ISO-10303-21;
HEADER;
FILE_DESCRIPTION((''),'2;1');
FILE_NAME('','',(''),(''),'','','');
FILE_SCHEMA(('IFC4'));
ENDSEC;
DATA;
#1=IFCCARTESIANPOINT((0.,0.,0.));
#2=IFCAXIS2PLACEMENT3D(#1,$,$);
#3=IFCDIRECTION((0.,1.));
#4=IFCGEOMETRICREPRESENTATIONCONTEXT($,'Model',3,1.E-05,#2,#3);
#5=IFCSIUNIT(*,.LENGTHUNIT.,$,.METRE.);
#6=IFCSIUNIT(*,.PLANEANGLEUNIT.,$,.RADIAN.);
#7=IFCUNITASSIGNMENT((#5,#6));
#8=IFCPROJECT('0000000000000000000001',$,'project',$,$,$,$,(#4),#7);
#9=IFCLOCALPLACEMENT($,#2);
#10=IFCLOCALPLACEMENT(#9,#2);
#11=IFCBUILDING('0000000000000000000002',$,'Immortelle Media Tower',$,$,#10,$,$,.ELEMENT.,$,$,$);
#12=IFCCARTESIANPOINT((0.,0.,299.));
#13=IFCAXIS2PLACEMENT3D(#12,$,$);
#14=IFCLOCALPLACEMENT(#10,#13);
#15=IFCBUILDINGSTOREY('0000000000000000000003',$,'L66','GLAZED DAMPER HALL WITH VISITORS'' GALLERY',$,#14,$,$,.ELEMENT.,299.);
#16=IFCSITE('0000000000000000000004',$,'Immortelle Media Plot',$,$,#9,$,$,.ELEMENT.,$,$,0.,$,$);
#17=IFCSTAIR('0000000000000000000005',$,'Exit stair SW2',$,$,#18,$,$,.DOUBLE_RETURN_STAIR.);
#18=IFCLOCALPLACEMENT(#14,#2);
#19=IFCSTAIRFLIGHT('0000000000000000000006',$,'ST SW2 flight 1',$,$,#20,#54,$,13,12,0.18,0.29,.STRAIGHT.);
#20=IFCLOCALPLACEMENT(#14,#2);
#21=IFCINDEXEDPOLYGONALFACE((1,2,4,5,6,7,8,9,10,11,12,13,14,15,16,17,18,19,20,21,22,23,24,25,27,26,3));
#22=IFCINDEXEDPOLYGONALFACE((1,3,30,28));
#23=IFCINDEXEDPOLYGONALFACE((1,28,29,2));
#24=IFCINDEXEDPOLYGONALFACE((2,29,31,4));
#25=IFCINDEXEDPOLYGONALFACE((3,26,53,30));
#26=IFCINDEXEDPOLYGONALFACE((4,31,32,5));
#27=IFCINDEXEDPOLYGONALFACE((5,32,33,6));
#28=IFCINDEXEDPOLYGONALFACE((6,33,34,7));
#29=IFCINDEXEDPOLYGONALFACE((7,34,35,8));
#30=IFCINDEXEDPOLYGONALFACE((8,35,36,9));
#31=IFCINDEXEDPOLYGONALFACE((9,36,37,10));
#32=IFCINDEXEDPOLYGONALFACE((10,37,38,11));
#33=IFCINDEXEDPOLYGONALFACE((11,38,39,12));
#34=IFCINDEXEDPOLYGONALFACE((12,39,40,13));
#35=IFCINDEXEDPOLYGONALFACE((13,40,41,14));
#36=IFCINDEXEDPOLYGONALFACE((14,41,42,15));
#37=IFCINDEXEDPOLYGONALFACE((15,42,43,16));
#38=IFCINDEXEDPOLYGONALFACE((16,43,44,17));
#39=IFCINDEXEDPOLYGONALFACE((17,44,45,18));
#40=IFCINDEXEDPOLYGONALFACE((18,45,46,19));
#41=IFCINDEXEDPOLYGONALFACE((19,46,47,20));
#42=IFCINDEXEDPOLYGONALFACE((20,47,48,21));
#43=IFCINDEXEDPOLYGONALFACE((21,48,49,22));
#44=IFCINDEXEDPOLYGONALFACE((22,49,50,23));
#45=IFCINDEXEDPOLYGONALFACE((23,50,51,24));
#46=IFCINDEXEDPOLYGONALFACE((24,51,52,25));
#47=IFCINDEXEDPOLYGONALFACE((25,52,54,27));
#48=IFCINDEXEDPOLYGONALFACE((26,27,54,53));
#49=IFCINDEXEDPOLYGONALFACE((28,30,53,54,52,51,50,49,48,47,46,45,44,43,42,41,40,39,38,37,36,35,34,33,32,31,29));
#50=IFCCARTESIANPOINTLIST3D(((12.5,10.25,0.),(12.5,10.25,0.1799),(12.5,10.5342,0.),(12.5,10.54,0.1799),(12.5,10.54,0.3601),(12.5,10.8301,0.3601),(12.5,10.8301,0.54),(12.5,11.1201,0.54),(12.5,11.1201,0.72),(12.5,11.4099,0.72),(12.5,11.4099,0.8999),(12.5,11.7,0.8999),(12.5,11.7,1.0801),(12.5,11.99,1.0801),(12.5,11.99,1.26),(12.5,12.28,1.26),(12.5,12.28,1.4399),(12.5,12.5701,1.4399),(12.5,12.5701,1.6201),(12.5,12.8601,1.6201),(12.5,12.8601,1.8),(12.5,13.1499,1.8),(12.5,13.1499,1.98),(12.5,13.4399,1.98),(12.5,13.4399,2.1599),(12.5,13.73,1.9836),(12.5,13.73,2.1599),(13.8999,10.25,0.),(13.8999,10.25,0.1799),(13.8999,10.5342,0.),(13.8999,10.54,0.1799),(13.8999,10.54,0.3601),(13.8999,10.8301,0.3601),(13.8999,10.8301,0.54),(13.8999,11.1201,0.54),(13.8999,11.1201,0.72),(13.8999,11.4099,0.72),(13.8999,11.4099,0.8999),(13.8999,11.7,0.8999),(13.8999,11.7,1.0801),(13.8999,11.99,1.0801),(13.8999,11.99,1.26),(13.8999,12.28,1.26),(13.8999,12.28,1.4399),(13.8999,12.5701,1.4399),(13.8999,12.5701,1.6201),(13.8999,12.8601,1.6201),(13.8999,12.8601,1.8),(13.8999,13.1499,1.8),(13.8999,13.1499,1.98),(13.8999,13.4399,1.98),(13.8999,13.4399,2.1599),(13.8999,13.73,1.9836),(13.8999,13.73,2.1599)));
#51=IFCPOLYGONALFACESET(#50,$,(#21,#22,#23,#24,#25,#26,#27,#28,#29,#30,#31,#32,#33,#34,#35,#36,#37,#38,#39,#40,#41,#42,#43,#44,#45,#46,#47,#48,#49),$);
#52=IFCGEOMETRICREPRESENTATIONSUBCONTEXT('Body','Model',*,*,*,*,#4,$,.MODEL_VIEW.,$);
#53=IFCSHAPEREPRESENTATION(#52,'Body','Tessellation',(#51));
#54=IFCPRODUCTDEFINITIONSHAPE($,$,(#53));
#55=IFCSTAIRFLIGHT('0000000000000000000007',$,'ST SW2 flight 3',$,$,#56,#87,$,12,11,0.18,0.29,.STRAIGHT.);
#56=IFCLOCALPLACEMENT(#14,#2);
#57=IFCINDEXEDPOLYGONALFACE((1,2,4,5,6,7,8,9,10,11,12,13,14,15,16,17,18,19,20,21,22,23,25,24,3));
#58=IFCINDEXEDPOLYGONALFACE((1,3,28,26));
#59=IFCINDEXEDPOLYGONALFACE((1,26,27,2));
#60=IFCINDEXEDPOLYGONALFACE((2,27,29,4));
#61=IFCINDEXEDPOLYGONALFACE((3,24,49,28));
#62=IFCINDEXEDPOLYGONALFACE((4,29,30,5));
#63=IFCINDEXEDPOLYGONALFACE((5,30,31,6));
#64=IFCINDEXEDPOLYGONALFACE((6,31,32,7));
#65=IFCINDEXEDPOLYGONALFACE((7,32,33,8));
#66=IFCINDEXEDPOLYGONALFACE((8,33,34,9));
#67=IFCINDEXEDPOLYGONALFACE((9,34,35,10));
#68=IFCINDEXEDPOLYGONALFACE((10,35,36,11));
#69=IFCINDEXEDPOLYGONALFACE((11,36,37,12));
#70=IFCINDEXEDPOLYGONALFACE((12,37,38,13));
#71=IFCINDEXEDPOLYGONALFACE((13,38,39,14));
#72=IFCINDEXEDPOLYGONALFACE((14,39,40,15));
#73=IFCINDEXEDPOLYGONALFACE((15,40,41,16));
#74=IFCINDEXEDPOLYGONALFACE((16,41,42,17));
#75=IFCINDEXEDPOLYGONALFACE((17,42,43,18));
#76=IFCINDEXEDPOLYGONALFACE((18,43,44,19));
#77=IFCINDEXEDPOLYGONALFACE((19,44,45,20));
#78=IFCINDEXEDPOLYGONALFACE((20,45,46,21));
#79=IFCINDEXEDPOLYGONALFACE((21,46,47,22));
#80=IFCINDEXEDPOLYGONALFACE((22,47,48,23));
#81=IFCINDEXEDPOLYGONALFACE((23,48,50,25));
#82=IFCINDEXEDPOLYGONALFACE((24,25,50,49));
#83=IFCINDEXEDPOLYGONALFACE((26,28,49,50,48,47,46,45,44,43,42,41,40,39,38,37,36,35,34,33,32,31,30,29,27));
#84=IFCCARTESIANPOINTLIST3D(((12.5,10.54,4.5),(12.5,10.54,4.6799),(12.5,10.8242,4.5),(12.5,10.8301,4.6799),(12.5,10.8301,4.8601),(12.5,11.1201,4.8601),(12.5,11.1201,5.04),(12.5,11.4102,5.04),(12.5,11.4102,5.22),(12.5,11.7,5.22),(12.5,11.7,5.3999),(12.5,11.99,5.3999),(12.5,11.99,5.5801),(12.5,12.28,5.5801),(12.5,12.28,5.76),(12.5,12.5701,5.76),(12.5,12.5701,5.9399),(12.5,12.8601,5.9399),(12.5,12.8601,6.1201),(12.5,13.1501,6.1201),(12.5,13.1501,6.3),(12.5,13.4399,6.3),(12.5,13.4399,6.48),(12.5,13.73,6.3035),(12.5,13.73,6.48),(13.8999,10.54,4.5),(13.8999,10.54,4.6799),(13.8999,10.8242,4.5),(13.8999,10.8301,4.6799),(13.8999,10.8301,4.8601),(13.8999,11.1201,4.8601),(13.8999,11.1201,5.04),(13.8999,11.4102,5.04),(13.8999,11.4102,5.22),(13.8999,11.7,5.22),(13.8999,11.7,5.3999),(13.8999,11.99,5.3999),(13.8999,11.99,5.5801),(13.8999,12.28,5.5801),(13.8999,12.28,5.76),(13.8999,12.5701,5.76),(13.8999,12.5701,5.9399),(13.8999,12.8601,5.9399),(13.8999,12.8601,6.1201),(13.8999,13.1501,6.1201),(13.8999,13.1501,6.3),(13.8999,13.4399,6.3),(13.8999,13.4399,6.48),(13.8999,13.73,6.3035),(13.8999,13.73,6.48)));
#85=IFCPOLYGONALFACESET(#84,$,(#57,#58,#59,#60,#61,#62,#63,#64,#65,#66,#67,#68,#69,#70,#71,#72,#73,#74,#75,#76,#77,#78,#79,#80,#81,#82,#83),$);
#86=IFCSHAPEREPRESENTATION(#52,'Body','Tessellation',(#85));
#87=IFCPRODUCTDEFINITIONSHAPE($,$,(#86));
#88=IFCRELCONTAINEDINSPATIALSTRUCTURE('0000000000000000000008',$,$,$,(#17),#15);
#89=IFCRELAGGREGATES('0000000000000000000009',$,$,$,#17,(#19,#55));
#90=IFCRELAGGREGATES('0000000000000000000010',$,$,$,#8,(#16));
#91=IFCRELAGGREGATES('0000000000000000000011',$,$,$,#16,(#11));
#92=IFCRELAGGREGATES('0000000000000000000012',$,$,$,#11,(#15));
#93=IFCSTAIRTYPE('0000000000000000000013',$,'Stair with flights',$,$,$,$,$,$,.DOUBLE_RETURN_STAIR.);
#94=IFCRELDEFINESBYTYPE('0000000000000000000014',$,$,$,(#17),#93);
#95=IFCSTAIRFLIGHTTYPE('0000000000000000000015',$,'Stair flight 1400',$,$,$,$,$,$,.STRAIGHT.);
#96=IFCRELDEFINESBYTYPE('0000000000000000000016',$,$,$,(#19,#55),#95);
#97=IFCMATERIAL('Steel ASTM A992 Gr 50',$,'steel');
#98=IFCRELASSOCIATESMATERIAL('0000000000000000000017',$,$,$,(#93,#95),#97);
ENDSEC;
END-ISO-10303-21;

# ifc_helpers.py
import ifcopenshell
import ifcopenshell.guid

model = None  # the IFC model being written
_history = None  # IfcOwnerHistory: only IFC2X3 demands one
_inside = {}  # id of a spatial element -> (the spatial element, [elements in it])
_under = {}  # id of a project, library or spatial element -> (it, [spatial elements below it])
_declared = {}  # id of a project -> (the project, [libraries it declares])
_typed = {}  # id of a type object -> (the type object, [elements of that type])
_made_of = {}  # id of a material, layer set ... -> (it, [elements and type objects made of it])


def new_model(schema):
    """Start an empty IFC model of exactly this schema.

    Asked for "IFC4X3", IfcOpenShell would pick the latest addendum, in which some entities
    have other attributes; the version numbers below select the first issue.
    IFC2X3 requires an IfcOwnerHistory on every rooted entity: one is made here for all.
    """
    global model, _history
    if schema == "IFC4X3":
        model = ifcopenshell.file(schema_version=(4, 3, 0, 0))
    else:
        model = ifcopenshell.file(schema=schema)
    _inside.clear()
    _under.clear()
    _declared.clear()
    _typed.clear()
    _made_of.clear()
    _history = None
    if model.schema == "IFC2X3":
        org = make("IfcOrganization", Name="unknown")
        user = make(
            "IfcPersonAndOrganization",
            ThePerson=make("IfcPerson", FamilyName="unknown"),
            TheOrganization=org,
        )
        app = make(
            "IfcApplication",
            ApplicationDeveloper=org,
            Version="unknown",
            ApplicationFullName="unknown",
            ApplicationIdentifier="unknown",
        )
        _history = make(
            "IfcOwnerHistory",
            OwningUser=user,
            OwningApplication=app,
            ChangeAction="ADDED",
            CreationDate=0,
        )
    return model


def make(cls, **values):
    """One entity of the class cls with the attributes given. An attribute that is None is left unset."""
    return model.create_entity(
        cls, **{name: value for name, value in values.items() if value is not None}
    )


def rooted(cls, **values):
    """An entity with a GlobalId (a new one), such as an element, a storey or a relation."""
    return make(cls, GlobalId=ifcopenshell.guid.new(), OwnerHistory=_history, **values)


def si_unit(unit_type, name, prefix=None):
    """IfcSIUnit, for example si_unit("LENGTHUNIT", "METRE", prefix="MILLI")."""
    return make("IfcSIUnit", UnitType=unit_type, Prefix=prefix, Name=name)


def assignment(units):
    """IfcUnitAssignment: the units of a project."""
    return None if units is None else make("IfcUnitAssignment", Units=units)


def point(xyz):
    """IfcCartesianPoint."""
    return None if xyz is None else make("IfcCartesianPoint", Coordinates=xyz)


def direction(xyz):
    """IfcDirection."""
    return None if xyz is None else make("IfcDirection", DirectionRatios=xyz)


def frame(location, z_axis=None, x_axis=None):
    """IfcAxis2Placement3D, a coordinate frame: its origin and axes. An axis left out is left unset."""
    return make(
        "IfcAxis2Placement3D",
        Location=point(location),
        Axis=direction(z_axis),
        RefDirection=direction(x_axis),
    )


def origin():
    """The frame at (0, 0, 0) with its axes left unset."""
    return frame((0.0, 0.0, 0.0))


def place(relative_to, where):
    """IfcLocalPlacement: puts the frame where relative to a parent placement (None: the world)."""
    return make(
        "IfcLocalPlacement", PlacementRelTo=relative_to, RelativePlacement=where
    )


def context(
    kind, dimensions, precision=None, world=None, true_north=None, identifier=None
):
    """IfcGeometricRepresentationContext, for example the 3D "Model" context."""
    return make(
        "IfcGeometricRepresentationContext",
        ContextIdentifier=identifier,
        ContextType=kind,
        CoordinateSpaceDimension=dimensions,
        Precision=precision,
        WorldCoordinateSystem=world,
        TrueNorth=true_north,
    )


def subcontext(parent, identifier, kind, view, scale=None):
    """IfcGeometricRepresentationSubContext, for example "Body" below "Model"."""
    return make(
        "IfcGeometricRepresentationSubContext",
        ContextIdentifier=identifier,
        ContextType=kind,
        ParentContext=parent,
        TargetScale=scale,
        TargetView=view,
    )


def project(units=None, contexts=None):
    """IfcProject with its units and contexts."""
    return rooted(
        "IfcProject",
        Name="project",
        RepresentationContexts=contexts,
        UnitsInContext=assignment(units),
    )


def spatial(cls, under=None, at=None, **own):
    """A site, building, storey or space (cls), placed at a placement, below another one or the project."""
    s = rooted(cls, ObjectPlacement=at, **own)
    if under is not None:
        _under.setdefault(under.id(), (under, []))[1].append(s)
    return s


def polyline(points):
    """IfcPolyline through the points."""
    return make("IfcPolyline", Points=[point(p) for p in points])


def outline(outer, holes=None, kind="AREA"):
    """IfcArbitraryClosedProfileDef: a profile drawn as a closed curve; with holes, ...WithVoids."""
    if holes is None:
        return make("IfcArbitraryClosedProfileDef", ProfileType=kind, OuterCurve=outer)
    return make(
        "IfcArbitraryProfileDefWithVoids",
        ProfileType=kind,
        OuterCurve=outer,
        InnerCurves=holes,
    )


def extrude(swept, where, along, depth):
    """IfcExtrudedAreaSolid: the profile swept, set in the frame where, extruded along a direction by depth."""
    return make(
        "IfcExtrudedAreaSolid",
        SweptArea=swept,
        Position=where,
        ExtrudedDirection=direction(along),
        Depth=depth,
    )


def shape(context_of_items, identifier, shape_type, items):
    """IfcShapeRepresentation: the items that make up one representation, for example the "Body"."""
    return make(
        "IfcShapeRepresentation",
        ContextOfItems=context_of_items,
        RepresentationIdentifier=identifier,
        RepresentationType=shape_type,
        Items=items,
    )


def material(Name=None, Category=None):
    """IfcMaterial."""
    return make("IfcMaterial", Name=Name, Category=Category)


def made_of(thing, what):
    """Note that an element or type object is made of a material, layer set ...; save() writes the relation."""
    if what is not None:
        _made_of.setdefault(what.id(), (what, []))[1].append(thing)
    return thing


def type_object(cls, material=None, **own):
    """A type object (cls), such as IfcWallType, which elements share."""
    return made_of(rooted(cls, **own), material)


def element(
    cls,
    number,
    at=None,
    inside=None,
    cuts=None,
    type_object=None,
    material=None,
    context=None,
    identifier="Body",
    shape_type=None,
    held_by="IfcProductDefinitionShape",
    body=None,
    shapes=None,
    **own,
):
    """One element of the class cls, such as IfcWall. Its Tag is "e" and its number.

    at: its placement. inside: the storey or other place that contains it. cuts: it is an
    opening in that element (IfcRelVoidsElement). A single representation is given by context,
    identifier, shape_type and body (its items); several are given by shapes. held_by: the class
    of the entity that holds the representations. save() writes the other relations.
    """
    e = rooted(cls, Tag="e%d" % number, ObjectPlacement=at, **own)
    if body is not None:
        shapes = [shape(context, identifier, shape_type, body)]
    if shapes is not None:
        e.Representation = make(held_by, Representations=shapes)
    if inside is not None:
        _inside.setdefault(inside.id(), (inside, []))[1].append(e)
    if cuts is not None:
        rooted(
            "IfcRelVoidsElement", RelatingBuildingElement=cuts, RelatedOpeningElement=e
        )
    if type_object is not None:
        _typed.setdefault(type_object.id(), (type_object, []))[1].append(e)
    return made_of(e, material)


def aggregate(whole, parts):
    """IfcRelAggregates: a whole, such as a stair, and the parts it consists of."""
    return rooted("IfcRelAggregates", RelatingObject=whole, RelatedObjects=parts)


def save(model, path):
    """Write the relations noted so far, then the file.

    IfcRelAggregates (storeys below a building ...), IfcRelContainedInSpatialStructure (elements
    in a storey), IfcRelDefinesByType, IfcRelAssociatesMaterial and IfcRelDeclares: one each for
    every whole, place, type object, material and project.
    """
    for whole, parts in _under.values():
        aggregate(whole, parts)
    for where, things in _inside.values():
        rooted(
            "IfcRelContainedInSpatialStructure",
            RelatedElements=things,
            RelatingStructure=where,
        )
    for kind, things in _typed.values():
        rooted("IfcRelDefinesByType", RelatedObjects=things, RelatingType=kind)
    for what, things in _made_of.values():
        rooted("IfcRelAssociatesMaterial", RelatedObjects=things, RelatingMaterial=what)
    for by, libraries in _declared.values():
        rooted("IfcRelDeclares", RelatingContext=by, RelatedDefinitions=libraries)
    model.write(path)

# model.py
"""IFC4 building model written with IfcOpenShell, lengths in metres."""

from ifc_helpers import new_model, si_unit, direction, frame, origin, place, context, subcontext, project, spatial, polyline, outline, extrude, material, type_object, element, aggregate, save


model = new_model("IFC4")

# Units and contexts
model_context = context("Model", 3, precision=1e-05, world=origin(), true_north=direction((0.0, 1.0)))
body_context = subcontext(model_context, "Body", "Model", "MODEL_VIEW")
ifc_project = project(units=[si_unit("LENGTHUNIT", "METRE"), si_unit("PLANEANGLEUNIT", "RADIAN")], contexts=[model_context])

# Site, building, storey
site_placement = place(None, origin())
site = spatial("IfcSite", under=ifc_project, at=site_placement, Name="Immortelle Media Plot", CompositionType="ELEMENT", RefElevation=0.0)
building_placement = place(site_placement, origin())
building = spatial("IfcBuilding", under=site, at=building_placement, Name="Immortelle Media Tower", CompositionType="ELEMENT")
storey_placement = place(building_placement, frame((0.0, 0.0, 299.0)))
storey = spatial("IfcBuildingStorey", under=building, at=storey_placement, Name="L66", Description="GLAZED DAMPER HALL WITH VISITORS' GALLERY", CompositionType="ELEMENT", Elevation=299.0)

# Shared definitions
ifc_material_1 = material(Name="Steel ASTM A992 Gr 50", Category="steel")

# Stair, stair flights
stair_type = type_object("IfcStairType", Name="Stair with flights", PredefinedType="DOUBLE_RETURN_STAIR", material=ifc_material_1)
stair_placement = place(storey_placement, origin())
stair = element("IfcStair", 1, at=stair_placement, inside=storey, type_object=stair_type, Name="Exit stair SW2", PredefinedType="DOUBLE_RETURN_STAIR")
stair_flight_type = type_object("IfcStairFlightType", Name="Stair flight 1400", PredefinedType="STRAIGHT", material=ifc_material_1)
stair_flight_1_placement = place(storey_placement, frame((13.2, 10.25, 0.0), z_axis=(0.0, 0.0, 1.0), x_axis=(0.0, 1.0, 0.0)))
stair_flight_1 = element("IfcStairFlight", 2, at=stair_flight_1_placement, type_object=stair_flight_type, Name="ST SW2 flight 1", NumberOfRisers=13, NumberOfTreads=12, PredefinedType="STRAIGHT", RiserHeight=0.18, TreadLength=0.29, context=body_context, shape_type="SweptSolid", body=[
    extrude(outline(polyline([(0.0, 0.0), (0.0, 0.1799), (0.29, 0.1799), (0.29, 0.3601), (0.5801, 0.3601), (0.5801, 0.54), (0.8701, 0.54), (0.8701, 0.72), (1.1599, 0.72), (1.1599, 0.8999), (1.45, 0.8999), (1.45, 1.0801), (1.74, 1.0801), (1.74, 1.26), (2.03, 1.26), (2.03, 1.4399), (2.3201, 1.4399), (2.3201, 1.6201), (2.6101, 1.6201), (2.6101, 1.8), (2.8999, 1.8), (2.8999, 1.98), (3.1899, 1.98), (3.1899, 2.1599), (3.48, 2.1599), (3.48, 2.3401), (3.48, 1.9836), (0.2842, 0.0), (0.0, 0.0)])), frame((0.0, 0.7, 0.0), z_axis=(0.0, -1.0, 0.0), x_axis=(1.0, 0.0, 0.0)), (0.0, 0.0, 1.0), 1.3999),
])
stair_flight_2_placement = place(storey_placement, frame((13.2, 10.54, 4.5), z_axis=(0.0, 0.0, 1.0), x_axis=(0.0, 1.0, 0.0)))
stair_flight_2 = element("IfcStairFlight", 3, at=stair_flight_2_placement, type_object=stair_flight_type, Name="ST SW2 flight 3", NumberOfRisers=12, NumberOfTreads=11, PredefinedType="STRAIGHT", RiserHeight=0.18, TreadLength=0.29, context=body_context, shape_type="SweptSolid", body=[
    extrude(outline(polyline([(0.0, 0.0), (0.0, 0.1799), (0.29, 0.1799), (0.29, 0.3601), (0.5801, 0.3601), (0.5801, 0.54), (0.8701, 0.54), (0.8701, 0.72), (1.1599, 0.72), (1.1599, 0.8999), (1.45, 0.8999), (1.45, 1.0801), (1.74, 1.0801), (1.74, 1.26), (2.03, 1.26), (2.03, 1.4399), (2.3201, 1.4399), (2.3201, 1.6201), (2.6101, 1.6201), (2.6101, 1.8), (2.8999, 1.8), (2.8999, 1.98), (3.1899, 1.98), (3.1899, 2.1599), (3.1899, 1.8035), (0.2842, 0.0), (0.0, 0.0)])), frame((0.0, 0.7, 0.0), z_axis=(0.0, -1.0, 0.0), x_axis=(1.0, 0.0, 0.0)), (0.0, 0.0, 1.0), 1.3999),
])
aggregate(stair, [stair_flight_1, stair_flight_2])

save(model, "model.ifc")
